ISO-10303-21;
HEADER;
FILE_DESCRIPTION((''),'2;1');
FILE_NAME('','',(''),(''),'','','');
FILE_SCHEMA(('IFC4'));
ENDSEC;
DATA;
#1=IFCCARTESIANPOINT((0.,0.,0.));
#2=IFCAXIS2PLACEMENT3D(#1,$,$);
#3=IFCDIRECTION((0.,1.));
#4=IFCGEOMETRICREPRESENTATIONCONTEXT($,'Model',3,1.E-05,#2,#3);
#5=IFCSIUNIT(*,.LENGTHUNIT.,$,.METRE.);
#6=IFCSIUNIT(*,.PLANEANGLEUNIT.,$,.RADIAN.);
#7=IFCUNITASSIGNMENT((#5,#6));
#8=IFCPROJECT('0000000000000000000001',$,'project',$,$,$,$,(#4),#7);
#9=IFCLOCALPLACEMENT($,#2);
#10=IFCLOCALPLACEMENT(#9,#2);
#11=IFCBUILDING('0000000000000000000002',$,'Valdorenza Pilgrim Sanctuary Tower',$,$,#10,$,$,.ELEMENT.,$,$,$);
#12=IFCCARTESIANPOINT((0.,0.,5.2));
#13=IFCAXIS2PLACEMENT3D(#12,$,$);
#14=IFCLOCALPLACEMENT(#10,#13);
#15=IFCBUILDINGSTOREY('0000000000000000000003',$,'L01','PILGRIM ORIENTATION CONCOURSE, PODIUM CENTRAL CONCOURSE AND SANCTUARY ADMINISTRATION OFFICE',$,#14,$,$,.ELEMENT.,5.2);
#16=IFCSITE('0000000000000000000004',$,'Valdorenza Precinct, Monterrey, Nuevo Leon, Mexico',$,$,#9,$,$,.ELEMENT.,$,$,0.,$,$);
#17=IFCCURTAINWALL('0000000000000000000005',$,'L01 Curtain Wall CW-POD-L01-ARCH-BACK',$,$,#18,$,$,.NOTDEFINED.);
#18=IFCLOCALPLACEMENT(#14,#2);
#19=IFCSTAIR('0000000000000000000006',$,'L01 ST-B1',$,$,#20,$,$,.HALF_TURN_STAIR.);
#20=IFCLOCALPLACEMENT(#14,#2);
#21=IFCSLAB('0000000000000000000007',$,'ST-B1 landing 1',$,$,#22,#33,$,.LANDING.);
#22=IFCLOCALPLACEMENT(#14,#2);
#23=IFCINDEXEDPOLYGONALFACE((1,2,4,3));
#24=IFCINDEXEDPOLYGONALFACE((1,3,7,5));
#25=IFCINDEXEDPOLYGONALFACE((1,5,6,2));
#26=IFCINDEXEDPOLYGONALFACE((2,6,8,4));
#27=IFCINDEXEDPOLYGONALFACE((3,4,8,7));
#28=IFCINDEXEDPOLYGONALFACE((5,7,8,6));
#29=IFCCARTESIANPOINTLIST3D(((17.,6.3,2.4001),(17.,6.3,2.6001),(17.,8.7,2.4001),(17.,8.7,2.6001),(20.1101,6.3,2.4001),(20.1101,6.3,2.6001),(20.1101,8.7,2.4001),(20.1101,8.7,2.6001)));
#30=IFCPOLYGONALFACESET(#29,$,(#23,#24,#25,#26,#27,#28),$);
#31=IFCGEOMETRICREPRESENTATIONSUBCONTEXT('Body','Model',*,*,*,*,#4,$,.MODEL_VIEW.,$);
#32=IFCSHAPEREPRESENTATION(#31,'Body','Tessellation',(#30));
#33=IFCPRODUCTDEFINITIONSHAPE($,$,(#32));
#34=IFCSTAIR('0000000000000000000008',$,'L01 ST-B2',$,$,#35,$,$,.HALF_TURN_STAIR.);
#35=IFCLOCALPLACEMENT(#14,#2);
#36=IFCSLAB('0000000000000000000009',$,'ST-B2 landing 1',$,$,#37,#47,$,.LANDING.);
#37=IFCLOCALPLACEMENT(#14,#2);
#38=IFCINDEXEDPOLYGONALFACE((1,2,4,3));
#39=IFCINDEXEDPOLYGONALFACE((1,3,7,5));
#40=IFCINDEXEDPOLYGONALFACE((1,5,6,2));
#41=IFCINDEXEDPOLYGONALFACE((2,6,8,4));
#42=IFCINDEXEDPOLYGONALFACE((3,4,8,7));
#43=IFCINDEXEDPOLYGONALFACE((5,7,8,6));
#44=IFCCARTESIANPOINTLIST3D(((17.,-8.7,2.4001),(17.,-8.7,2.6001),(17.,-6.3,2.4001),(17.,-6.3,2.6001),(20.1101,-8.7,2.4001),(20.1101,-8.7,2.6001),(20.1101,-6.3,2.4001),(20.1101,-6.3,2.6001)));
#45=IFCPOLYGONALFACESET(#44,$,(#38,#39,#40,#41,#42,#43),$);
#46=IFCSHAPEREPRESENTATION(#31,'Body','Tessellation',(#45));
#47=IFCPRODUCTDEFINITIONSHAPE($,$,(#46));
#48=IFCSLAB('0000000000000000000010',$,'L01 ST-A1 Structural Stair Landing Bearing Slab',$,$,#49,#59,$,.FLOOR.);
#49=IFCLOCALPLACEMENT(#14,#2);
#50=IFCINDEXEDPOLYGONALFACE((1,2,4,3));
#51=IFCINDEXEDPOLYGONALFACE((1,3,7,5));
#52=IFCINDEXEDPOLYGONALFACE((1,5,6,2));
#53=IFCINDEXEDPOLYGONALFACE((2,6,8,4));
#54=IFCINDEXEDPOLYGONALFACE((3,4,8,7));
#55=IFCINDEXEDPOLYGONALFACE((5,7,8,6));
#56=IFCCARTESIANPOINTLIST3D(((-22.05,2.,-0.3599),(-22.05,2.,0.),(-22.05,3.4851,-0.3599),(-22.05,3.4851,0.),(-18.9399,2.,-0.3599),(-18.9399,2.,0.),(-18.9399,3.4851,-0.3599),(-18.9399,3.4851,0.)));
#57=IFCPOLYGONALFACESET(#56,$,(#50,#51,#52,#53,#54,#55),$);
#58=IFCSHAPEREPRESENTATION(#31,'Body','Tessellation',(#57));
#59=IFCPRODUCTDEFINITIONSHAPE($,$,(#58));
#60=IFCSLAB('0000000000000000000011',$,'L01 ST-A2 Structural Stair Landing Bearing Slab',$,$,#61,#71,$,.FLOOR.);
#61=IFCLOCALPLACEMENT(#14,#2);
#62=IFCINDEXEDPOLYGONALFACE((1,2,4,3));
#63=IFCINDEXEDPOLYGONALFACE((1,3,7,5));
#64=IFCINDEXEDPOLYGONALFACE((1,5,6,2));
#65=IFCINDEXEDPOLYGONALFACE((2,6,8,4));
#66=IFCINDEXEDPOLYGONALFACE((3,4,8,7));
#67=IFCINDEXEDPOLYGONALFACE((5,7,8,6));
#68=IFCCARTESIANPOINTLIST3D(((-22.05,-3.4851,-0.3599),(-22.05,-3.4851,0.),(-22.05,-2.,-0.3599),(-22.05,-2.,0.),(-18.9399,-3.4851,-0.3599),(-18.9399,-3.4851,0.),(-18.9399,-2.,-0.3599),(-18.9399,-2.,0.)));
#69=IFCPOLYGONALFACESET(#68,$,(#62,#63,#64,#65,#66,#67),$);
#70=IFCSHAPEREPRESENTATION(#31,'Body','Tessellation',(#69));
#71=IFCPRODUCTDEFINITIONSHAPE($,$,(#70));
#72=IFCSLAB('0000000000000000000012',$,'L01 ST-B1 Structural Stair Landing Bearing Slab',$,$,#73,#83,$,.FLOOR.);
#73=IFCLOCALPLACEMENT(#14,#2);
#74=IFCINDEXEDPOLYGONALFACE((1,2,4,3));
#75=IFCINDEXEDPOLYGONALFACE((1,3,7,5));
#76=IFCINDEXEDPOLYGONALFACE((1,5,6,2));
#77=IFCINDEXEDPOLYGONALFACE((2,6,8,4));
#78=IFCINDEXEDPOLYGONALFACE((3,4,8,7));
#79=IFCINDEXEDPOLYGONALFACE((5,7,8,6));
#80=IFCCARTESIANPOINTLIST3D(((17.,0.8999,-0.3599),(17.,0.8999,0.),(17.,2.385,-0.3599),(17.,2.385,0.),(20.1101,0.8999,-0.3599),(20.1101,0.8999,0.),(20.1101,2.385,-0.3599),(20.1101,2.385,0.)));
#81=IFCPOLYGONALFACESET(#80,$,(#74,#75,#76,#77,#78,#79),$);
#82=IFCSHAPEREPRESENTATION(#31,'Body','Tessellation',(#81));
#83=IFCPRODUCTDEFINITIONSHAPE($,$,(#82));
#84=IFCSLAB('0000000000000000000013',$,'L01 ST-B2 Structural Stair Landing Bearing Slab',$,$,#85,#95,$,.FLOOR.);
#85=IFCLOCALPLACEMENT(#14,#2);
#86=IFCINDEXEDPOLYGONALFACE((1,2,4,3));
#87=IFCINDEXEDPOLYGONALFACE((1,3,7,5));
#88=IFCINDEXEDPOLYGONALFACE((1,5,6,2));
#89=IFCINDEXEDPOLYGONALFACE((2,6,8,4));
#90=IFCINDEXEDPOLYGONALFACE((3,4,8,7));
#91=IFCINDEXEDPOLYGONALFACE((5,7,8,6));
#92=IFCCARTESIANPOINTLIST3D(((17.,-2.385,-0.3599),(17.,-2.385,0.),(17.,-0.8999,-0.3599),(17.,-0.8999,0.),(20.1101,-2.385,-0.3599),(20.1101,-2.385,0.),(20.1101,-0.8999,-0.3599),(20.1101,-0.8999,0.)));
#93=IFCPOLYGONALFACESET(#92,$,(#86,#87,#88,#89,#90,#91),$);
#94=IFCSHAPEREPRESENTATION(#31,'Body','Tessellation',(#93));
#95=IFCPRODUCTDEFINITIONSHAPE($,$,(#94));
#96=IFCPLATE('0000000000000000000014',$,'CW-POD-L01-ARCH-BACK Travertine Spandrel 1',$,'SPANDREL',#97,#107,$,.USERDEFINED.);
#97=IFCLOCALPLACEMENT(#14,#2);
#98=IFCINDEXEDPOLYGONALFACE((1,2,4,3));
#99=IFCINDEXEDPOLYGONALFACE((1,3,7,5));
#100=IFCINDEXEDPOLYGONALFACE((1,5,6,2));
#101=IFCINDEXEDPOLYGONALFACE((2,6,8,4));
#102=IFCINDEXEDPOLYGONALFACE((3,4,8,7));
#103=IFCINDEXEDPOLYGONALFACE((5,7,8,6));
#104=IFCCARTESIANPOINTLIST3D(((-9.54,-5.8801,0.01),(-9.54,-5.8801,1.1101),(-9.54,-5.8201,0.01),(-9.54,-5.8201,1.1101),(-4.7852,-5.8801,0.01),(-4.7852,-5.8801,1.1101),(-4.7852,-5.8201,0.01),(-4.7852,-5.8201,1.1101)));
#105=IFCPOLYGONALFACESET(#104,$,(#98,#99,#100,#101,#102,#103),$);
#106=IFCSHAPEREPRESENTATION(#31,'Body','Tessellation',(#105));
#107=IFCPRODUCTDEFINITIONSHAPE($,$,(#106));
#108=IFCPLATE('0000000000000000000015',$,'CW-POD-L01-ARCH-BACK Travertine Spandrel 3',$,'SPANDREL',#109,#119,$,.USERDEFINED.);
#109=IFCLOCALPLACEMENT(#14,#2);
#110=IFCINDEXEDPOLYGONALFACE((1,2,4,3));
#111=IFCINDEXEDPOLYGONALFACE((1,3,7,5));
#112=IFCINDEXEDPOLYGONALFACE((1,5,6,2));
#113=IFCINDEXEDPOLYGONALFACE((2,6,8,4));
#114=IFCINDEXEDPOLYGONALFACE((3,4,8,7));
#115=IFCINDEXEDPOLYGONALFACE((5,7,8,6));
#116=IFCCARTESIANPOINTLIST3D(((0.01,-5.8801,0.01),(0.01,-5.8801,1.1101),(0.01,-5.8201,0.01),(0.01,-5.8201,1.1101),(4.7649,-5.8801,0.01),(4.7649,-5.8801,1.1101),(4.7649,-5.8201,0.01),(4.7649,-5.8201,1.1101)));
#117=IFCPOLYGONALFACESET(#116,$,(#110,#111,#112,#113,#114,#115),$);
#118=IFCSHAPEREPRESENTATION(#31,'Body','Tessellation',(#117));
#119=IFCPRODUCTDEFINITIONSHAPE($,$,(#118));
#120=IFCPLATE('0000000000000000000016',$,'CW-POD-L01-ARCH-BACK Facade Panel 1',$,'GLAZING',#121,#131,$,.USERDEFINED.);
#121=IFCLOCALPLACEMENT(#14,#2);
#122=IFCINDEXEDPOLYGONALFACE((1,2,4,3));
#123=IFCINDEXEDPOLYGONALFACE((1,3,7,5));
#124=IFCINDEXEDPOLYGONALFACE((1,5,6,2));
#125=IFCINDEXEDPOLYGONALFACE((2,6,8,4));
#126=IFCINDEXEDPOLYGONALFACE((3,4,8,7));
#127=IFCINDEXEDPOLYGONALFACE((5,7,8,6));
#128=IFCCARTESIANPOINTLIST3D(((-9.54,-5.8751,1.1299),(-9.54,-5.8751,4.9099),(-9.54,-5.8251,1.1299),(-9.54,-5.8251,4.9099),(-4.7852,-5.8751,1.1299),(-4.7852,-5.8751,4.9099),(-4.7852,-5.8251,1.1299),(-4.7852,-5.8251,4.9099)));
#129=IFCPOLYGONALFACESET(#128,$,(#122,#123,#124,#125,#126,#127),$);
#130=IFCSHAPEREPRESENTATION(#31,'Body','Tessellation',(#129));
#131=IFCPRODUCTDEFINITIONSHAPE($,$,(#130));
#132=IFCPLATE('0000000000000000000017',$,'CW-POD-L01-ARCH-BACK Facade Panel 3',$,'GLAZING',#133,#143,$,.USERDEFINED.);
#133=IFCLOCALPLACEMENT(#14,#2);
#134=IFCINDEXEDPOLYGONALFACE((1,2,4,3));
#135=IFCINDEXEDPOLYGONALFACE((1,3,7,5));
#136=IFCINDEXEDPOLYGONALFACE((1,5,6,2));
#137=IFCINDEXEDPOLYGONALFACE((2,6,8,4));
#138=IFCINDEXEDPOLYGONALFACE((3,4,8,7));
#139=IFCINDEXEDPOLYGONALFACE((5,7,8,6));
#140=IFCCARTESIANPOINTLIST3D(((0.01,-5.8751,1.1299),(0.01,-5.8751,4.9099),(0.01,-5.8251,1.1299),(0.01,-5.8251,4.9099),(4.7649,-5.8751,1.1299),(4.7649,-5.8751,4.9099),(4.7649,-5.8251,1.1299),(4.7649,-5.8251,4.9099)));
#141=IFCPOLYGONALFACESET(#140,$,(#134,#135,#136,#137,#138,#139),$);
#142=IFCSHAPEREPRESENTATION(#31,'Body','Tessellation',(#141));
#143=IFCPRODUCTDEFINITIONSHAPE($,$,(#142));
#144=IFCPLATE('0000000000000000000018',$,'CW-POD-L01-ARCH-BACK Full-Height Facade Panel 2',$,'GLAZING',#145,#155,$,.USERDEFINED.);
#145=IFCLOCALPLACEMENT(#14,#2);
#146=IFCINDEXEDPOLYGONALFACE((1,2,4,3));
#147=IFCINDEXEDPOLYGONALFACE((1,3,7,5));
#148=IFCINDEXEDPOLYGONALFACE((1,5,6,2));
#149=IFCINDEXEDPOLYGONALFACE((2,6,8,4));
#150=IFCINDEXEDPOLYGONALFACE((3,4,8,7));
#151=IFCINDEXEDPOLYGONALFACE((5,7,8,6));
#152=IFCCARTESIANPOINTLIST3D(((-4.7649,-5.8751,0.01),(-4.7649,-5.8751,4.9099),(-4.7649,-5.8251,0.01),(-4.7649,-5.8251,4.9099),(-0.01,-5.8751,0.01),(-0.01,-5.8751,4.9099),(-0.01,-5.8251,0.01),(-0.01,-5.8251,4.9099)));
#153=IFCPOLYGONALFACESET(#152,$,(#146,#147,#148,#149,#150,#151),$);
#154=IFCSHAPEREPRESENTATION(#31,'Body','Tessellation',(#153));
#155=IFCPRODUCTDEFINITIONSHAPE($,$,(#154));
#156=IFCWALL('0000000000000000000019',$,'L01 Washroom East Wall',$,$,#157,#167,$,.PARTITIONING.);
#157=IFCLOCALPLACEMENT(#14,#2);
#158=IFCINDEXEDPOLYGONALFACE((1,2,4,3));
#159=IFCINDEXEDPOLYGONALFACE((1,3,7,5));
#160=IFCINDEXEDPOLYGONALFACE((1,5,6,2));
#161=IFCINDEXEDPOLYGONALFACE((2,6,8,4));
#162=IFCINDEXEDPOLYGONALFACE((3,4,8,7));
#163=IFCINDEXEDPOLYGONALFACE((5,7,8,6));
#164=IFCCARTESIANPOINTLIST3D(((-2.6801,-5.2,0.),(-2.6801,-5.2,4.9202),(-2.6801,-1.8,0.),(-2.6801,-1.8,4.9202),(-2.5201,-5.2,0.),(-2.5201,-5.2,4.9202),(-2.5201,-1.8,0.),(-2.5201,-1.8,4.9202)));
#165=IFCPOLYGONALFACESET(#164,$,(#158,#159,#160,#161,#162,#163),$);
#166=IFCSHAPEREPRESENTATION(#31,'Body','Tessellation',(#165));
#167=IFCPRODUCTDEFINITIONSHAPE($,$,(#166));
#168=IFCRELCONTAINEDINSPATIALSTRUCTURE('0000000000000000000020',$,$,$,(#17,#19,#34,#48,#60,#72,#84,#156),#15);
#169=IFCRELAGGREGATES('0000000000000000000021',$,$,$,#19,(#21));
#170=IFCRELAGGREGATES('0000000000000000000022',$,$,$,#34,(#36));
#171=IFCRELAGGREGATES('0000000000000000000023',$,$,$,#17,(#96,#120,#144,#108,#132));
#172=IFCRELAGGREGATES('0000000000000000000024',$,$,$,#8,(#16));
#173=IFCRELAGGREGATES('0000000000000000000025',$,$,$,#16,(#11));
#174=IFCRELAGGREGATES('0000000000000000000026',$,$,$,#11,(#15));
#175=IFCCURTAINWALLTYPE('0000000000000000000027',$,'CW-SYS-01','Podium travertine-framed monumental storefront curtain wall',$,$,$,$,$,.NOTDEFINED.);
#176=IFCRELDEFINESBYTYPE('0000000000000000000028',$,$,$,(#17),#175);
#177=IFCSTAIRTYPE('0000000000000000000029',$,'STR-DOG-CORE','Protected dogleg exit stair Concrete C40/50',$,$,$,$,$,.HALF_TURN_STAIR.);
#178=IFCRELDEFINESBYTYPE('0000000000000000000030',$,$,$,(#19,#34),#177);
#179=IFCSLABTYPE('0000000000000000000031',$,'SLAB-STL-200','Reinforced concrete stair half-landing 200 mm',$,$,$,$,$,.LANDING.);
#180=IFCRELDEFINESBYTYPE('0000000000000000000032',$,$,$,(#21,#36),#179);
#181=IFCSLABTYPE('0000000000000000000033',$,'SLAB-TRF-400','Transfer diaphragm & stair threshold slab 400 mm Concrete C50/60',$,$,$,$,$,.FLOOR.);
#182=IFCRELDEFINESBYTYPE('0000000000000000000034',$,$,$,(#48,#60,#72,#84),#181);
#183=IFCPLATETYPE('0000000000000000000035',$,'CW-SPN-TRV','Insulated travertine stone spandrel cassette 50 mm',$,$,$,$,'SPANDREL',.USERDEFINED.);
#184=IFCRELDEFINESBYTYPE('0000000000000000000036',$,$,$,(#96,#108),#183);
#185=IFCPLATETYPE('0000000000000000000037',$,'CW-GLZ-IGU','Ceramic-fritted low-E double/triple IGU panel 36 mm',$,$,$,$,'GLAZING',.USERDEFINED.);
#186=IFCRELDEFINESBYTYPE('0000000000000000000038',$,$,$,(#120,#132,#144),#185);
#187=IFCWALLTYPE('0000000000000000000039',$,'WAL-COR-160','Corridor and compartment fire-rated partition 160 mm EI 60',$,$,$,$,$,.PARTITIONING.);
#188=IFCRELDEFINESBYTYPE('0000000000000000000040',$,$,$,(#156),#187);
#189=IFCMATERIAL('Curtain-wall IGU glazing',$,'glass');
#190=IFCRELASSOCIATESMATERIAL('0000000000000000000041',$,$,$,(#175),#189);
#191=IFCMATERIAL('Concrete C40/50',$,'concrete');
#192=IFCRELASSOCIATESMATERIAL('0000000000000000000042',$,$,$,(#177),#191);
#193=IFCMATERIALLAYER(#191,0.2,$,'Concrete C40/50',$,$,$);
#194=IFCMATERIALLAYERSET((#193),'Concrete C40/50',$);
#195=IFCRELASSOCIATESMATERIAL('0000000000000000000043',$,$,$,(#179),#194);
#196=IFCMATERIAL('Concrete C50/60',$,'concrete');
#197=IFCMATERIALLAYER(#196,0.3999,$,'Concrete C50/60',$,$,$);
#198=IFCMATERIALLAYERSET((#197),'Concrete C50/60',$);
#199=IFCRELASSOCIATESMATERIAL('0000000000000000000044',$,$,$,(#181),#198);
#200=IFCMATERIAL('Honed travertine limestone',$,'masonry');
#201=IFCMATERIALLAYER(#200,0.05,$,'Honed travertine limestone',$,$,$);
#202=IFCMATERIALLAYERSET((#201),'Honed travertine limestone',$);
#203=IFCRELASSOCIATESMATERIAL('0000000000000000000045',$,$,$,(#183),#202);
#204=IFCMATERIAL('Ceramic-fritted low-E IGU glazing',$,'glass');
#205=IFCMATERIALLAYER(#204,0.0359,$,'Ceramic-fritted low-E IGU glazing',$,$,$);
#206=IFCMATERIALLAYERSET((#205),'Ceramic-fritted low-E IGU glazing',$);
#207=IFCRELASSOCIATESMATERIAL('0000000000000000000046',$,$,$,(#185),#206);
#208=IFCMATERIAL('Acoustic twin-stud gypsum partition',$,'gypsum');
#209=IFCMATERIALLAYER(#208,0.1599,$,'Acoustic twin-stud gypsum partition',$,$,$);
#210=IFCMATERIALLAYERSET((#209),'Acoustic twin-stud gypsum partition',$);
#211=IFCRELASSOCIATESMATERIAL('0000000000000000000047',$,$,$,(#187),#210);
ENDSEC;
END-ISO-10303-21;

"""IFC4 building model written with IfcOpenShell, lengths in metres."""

from ifc_helpers import new_model, si_unit, direction, frame, frame_2d, origin, origin_2d, place, context, subcontext, project, spatial, polyline, rectangle, outline, extrude, source, transform, mapped, material, layer, layer_set, type_object, element, aggregate, save


model = new_model("IFC4")

# Units and contexts
model_context = context("Model", 3, precision=1e-05, world=origin(), true_north=direction((0.0, 1.0)))
body_context = subcontext(model_context, "Body", "Model", "MODEL_VIEW")
ifc_project = project(units=[si_unit("LENGTHUNIT", "METRE"), si_unit("PLANEANGLEUNIT", "RADIAN")], contexts=[model_context])

# Site, building, storey
site_placement = place(None, origin())
site = spatial("IfcSite", under=ifc_project, at=site_placement, Name="Valdorenza Precinct, Monterrey, Nuevo Leon, Mexico", CompositionType="ELEMENT", RefElevation=0.0)
building_placement = place(site_placement, origin())
building = spatial("IfcBuilding", under=site, at=building_placement, Name="Valdorenza Pilgrim Sanctuary Tower", CompositionType="ELEMENT")
storey_placement = place(building_placement, frame((0.0, 0.0, 5.2)))
storey = spatial("IfcBuildingStorey", under=building, at=storey_placement, Name="L01", Description="PILGRIM ORIENTATION CONCOURSE, PODIUM CENTRAL CONCOURSE AND SANCTUARY ADMINISTRATION OFFICE", CompositionType="ELEMENT", Elevation=5.2)

# Curtain wall
ifc_material_1 = material(Name="Curtain-wall IGU glazing", Category="glass")
curtain_wall_type = type_object("IfcCurtainWallType", Name="CW-SYS-01", Description="Podium travertine-framed monumental storefront curtain wall", PredefinedType="NOTDEFINED", material=ifc_material_1)
curtain_wall_placement = place(storey_placement, origin())
curtain_wall = element("IfcCurtainWall", 1, at=curtain_wall_placement, inside=storey, type_object=curtain_wall_type, Name="L01 Curtain Wall CW-POD-L01-ARCH-BACK", PredefinedType="NOTDEFINED")

# Shared definitions
ifc_material_2 = material(Name="Concrete C40/50", Category="concrete")

# Stairs, slabs
stair_type = type_object("IfcStairType", Name="STR-DOG-CORE", Description="Protected dogleg exit stair Concrete C40/50", PredefinedType="HALF_TURN_STAIR", material=ifc_material_2)
ifc_layer_1 = layer(ifc_material_2, 0.2, Name="Concrete C40/50")
ifc_layer_set_1 = layer_set([ifc_layer_1], Name="Concrete C40/50")
slab_type_1 = type_object("IfcSlabType", Name="SLAB-STL-200", Description="Reinforced concrete stair half-landing 200 mm", PredefinedType="LANDING", material=ifc_layer_set_1)
stair_1_placement = place(storey_placement, origin())
stair_1 = element("IfcStair", 2, at=stair_1_placement, inside=storey, type_object=stair_type, Name="L01 ST-B1", PredefinedType="HALF_TURN_STAIR")
slab_1_placement = place(storey_placement, frame((0.0, 0.0, 2.4001)))
slab_1 = element("IfcSlab", 3, at=slab_1_placement, type_object=slab_type_1, Name="ST-B1 landing 1", PredefinedType="LANDING", context=body_context, shape_type="SweptSolid", body=[
    extrude(outline(polyline([(20.1101, 6.3), (20.1101, 8.7), (17.0, 8.7), (17.0, 6.3), (20.1101, 6.3)])), origin(), (0.0, 0.0, 1.0), 0.2),
])
aggregate(stair_1, [slab_1])
stair_2_placement = place(storey_placement, origin())
stair_2 = element("IfcStair", 4, at=stair_2_placement, inside=storey, type_object=stair_type, Name="L01 ST-B2", PredefinedType="HALF_TURN_STAIR")
slab_2_placement = place(storey_placement, frame((0.0, 0.0, 2.4001)))
slab_2 = element("IfcSlab", 5, at=slab_2_placement, type_object=slab_type_1, Name="ST-B2 landing 1", PredefinedType="LANDING", context=body_context, shape_type="SweptSolid", body=[
    extrude(outline(polyline([(17.0, -6.3), (17.0, -8.7), (20.1101, -8.7), (20.1101, -6.3), (17.0, -6.3)])), origin(), (0.0, 0.0, 1.0), 0.2),
])
aggregate(stair_2, [slab_2])

# Slabs
ifc_material_3 = material(Name="Concrete C50/60", Category="concrete")
ifc_layer_2 = layer(ifc_material_3, 0.3999, Name="Concrete C50/60")
ifc_layer_set_2 = layer_set([ifc_layer_2], Name="Concrete C50/60")
slab_type_2 = type_object("IfcSlabType", Name="SLAB-TRF-400", Description="Transfer diaphragm & stair threshold slab 400 mm Concrete C50/60", PredefinedType="FLOOR", material=ifc_layer_set_2)
slab_3_placement = place(storey_placement, frame((0.0, 0.0, -0.3599)))
element("IfcSlab", 6, at=slab_3_placement, inside=storey, type_object=slab_type_2, Name="L01 ST-A1 Structural Stair Landing Bearing Slab", PredefinedType="FLOOR", context=body_context, shape_type="SweptSolid", body=[
    extrude(outline(polyline([(-22.05, 2.0), (-18.9399, 2.0), (-18.9399, 3.4851), (-22.05, 3.4851), (-22.05, 2.0)])), origin(), (0.0, 0.0, 1.0), 0.3599),
])
slab_4_placement = place(storey_placement, frame((0.0, 0.0, -0.3599)))
element("IfcSlab", 7, at=slab_4_placement, inside=storey, type_object=slab_type_2, Name="L01 ST-A2 Structural Stair Landing Bearing Slab", PredefinedType="FLOOR", context=body_context, shape_type="SweptSolid", body=[
    extrude(outline(polyline([(-22.05, -3.4851), (-18.9399, -3.4851), (-18.9399, -2.0), (-22.05, -2.0), (-22.05, -3.4851)])), origin(), (0.0, 0.0, 1.0), 0.3599),
])
slab_5_placement = place(storey_placement, frame((0.0, 0.0, -0.3599)))
element("IfcSlab", 8, at=slab_5_placement, inside=storey, type_object=slab_type_2, Name="L01 ST-B1 Structural Stair Landing Bearing Slab", PredefinedType="FLOOR", context=body_context, shape_type="SweptSolid", body=[
    extrude(outline(polyline([(17.0, 0.8999), (20.1101, 0.8999), (20.1101, 2.385), (17.0, 2.385), (17.0, 0.8999)])), origin(), (0.0, 0.0, 1.0), 0.3599),
])
slab_6_placement = place(storey_placement, frame((0.0, 0.0, -0.3599)))
element("IfcSlab", 9, at=slab_6_placement, inside=storey, type_object=slab_type_2, Name="L01 ST-B2 Structural Stair Landing Bearing Slab", PredefinedType="FLOOR", context=body_context, shape_type="SweptSolid", body=[
    extrude(outline(polyline([(17.0, -2.385), (20.1101, -2.385), (20.1101, -0.8999), (17.0, -0.8999), (17.0, -2.385)])), origin(), (0.0, 0.0, 1.0), 0.3599),
])

# Plates
ifc_material_4 = material(Name="Honed travertine limestone", Category="masonry")
ifc_layer_3 = layer(ifc_material_4, 0.05, Name="Honed travertine limestone")
ifc_layer_set_3 = layer_set([ifc_layer_3], Name="Honed travertine limestone")
plate_type_1 = type_object("IfcPlateType", Name="CW-SPN-TRV", Description="Insulated travertine stone spandrel cassette 50 mm", ElementType="SPANDREL", PredefinedType="USERDEFINED", material=ifc_layer_set_3)
shared_shape_1 = source(origin(), body_context, "Body", "SweptSolid", [
    extrude(rectangle(XDim=4.7549, YDim=0.0601, at=origin_2d()), origin(), (0.0, 0.0, 1.0), 1.1001),
])
plate_1_placement = place(storey_placement, frame((-7.1626, -5.8501, 0.01), z_axis=(0.0, 0.0, 1.0), x_axis=(1.0, 0.0, 0.0)))
plate_1 = element("IfcPlate", 10, at=plate_1_placement, type_object=plate_type_1, Name="CW-POD-L01-ARCH-BACK Travertine Spandrel 1", ObjectType="SPANDREL", PredefinedType="USERDEFINED", context=body_context, shape_type="MappedRepresentation", body=[
    mapped(shared_shape_1, transform((0.0, 0.0, 0.0), x_axis=(1.0, 0.0, 0.0), y_axis=(0.0, 1.0, 0.0), z_axis=(0.0, 0.0, 1.0), scale=1.0)),
])
plate_2_placement = place(storey_placement, frame((2.3875, -5.8501, 0.01), z_axis=(0.0, 0.0, 1.0), x_axis=(1.0, 0.0, 0.0)))
plate_2 = element("IfcPlate", 11, at=plate_2_placement, type_object=plate_type_1, Name="CW-POD-L01-ARCH-BACK Travertine Spandrel 3", ObjectType="SPANDREL", PredefinedType="USERDEFINED", context=body_context, shape_type="MappedRepresentation", body=[
    mapped(shared_shape_1, transform((0.0, 0.0, 0.0), x_axis=(1.0, 0.0, 0.0), y_axis=(0.0, 1.0, 0.0), z_axis=(0.0, 0.0, 1.0), scale=1.0)),
])
ifc_material_5 = material(Name="Ceramic-fritted low-E IGU glazing", Category="glass")
ifc_layer_4 = layer(ifc_material_5, 0.0359, Name="Ceramic-fritted low-E IGU glazing")
ifc_layer_set_4 = layer_set([ifc_layer_4], Name="Ceramic-fritted low-E IGU glazing")
plate_type_2 = type_object("IfcPlateType", Name="CW-GLZ-IGU", Description="Ceramic-fritted low-E double/triple IGU panel 36 mm", ElementType="GLAZING", PredefinedType="USERDEFINED", material=ifc_layer_set_4)
shared_shape_2 = source(origin(), body_context, "Body", "SweptSolid", [
    extrude(rectangle(XDim=4.7549, YDim=0.05, at=origin_2d()), origin(), (0.0, 0.0, 1.0), 3.78),
])
plate_3_placement = place(storey_placement, frame((-7.1626, -5.8501, 1.1299), z_axis=(0.0, 0.0, 1.0), x_axis=(1.0, 0.0, 0.0)))
plate_3 = element("IfcPlate", 12, at=plate_3_placement, type_object=plate_type_2, Name="CW-POD-L01-ARCH-BACK Facade Panel 1", ObjectType="GLAZING", PredefinedType="USERDEFINED", context=body_context, shape_type="MappedRepresentation", body=[
    mapped(shared_shape_2, transform((0.0, 0.0, 0.0), x_axis=(1.0, 0.0, 0.0), y_axis=(0.0, 1.0, 0.0), z_axis=(0.0, 0.0, 1.0), scale=1.0)),
])
plate_4_placement = place(storey_placement, frame((2.3875, -5.8501, 1.1299), z_axis=(0.0, 0.0, 1.0), x_axis=(1.0, 0.0, 0.0)))
plate_4 = element("IfcPlate", 13, at=plate_4_placement, type_object=plate_type_2, Name="CW-POD-L01-ARCH-BACK Facade Panel 3", ObjectType="GLAZING", PredefinedType="USERDEFINED", context=body_context, shape_type="MappedRepresentation", body=[
    mapped(shared_shape_2, transform((0.0, 0.0, 0.0), x_axis=(1.0, 0.0, 0.0), y_axis=(0.0, 1.0, 0.0), z_axis=(0.0, 0.0, 1.0), scale=1.0)),
])
shared_shape_3 = source(origin(), body_context, "Body", "SweptSolid", [
    extrude(rectangle(XDim=4.7549, YDim=0.05, at=origin_2d()), origin(), (0.0, 0.0, 1.0), 4.8999),
])
plate_5_placement = place(storey_placement, frame((-2.3875, -5.8501, 0.01), z_axis=(0.0, 0.0, 1.0), x_axis=(1.0, 0.0, 0.0)))
plate_5 = element("IfcPlate", 14, at=plate_5_placement, type_object=plate_type_2, Name="CW-POD-L01-ARCH-BACK Full-Height Facade Panel 2", ObjectType="GLAZING", PredefinedType="USERDEFINED", context=body_context, shape_type="MappedRepresentation", body=[
    mapped(shared_shape_3, transform((0.0, 0.0, 0.0), x_axis=(1.0, 0.0, 0.0), y_axis=(0.0, 1.0, 0.0), z_axis=(0.0, 0.0, 1.0), scale=1.0)),
])
aggregate(curtain_wall, [plate_1, plate_3, plate_5, plate_2, plate_4])

# Wall
ifc_material_6 = material(Name="Acoustic twin-stud gypsum partition", Category="gypsum")
ifc_layer_5 = layer(ifc_material_6, 0.1599, Name="Acoustic twin-stud gypsum partition")
ifc_layer_set_5 = layer_set([ifc_layer_5], Name="Acoustic twin-stud gypsum partition")
wall_type_1 = type_object("IfcWallType", Name="WAL-COR-160", Description="Corridor and compartment fire-rated partition 160 mm EI 60", PredefinedType="PARTITIONING", material=ifc_layer_set_5)
wall_1_placement = place(storey_placement, frame((-2.6001, -5.2, 0.0), z_axis=(0.0, 0.0, 1.0), x_axis=(0.0, 1.0, 0.0)))
element("IfcWall", 15, at=wall_1_placement, inside=storey, type_object=wall_type_1, Name="L01 Washroom East Wall", PredefinedType="PARTITIONING", context=body_context, shape_type="SweptSolid", body=[
    extrude(rectangle(XDim=3.3999, YDim=0.1599, at=frame_2d((1.7, 0.0))), origin(), (0.0, 0.0, 1.0), 4.9202),
])

save(model, "model.ifc")
